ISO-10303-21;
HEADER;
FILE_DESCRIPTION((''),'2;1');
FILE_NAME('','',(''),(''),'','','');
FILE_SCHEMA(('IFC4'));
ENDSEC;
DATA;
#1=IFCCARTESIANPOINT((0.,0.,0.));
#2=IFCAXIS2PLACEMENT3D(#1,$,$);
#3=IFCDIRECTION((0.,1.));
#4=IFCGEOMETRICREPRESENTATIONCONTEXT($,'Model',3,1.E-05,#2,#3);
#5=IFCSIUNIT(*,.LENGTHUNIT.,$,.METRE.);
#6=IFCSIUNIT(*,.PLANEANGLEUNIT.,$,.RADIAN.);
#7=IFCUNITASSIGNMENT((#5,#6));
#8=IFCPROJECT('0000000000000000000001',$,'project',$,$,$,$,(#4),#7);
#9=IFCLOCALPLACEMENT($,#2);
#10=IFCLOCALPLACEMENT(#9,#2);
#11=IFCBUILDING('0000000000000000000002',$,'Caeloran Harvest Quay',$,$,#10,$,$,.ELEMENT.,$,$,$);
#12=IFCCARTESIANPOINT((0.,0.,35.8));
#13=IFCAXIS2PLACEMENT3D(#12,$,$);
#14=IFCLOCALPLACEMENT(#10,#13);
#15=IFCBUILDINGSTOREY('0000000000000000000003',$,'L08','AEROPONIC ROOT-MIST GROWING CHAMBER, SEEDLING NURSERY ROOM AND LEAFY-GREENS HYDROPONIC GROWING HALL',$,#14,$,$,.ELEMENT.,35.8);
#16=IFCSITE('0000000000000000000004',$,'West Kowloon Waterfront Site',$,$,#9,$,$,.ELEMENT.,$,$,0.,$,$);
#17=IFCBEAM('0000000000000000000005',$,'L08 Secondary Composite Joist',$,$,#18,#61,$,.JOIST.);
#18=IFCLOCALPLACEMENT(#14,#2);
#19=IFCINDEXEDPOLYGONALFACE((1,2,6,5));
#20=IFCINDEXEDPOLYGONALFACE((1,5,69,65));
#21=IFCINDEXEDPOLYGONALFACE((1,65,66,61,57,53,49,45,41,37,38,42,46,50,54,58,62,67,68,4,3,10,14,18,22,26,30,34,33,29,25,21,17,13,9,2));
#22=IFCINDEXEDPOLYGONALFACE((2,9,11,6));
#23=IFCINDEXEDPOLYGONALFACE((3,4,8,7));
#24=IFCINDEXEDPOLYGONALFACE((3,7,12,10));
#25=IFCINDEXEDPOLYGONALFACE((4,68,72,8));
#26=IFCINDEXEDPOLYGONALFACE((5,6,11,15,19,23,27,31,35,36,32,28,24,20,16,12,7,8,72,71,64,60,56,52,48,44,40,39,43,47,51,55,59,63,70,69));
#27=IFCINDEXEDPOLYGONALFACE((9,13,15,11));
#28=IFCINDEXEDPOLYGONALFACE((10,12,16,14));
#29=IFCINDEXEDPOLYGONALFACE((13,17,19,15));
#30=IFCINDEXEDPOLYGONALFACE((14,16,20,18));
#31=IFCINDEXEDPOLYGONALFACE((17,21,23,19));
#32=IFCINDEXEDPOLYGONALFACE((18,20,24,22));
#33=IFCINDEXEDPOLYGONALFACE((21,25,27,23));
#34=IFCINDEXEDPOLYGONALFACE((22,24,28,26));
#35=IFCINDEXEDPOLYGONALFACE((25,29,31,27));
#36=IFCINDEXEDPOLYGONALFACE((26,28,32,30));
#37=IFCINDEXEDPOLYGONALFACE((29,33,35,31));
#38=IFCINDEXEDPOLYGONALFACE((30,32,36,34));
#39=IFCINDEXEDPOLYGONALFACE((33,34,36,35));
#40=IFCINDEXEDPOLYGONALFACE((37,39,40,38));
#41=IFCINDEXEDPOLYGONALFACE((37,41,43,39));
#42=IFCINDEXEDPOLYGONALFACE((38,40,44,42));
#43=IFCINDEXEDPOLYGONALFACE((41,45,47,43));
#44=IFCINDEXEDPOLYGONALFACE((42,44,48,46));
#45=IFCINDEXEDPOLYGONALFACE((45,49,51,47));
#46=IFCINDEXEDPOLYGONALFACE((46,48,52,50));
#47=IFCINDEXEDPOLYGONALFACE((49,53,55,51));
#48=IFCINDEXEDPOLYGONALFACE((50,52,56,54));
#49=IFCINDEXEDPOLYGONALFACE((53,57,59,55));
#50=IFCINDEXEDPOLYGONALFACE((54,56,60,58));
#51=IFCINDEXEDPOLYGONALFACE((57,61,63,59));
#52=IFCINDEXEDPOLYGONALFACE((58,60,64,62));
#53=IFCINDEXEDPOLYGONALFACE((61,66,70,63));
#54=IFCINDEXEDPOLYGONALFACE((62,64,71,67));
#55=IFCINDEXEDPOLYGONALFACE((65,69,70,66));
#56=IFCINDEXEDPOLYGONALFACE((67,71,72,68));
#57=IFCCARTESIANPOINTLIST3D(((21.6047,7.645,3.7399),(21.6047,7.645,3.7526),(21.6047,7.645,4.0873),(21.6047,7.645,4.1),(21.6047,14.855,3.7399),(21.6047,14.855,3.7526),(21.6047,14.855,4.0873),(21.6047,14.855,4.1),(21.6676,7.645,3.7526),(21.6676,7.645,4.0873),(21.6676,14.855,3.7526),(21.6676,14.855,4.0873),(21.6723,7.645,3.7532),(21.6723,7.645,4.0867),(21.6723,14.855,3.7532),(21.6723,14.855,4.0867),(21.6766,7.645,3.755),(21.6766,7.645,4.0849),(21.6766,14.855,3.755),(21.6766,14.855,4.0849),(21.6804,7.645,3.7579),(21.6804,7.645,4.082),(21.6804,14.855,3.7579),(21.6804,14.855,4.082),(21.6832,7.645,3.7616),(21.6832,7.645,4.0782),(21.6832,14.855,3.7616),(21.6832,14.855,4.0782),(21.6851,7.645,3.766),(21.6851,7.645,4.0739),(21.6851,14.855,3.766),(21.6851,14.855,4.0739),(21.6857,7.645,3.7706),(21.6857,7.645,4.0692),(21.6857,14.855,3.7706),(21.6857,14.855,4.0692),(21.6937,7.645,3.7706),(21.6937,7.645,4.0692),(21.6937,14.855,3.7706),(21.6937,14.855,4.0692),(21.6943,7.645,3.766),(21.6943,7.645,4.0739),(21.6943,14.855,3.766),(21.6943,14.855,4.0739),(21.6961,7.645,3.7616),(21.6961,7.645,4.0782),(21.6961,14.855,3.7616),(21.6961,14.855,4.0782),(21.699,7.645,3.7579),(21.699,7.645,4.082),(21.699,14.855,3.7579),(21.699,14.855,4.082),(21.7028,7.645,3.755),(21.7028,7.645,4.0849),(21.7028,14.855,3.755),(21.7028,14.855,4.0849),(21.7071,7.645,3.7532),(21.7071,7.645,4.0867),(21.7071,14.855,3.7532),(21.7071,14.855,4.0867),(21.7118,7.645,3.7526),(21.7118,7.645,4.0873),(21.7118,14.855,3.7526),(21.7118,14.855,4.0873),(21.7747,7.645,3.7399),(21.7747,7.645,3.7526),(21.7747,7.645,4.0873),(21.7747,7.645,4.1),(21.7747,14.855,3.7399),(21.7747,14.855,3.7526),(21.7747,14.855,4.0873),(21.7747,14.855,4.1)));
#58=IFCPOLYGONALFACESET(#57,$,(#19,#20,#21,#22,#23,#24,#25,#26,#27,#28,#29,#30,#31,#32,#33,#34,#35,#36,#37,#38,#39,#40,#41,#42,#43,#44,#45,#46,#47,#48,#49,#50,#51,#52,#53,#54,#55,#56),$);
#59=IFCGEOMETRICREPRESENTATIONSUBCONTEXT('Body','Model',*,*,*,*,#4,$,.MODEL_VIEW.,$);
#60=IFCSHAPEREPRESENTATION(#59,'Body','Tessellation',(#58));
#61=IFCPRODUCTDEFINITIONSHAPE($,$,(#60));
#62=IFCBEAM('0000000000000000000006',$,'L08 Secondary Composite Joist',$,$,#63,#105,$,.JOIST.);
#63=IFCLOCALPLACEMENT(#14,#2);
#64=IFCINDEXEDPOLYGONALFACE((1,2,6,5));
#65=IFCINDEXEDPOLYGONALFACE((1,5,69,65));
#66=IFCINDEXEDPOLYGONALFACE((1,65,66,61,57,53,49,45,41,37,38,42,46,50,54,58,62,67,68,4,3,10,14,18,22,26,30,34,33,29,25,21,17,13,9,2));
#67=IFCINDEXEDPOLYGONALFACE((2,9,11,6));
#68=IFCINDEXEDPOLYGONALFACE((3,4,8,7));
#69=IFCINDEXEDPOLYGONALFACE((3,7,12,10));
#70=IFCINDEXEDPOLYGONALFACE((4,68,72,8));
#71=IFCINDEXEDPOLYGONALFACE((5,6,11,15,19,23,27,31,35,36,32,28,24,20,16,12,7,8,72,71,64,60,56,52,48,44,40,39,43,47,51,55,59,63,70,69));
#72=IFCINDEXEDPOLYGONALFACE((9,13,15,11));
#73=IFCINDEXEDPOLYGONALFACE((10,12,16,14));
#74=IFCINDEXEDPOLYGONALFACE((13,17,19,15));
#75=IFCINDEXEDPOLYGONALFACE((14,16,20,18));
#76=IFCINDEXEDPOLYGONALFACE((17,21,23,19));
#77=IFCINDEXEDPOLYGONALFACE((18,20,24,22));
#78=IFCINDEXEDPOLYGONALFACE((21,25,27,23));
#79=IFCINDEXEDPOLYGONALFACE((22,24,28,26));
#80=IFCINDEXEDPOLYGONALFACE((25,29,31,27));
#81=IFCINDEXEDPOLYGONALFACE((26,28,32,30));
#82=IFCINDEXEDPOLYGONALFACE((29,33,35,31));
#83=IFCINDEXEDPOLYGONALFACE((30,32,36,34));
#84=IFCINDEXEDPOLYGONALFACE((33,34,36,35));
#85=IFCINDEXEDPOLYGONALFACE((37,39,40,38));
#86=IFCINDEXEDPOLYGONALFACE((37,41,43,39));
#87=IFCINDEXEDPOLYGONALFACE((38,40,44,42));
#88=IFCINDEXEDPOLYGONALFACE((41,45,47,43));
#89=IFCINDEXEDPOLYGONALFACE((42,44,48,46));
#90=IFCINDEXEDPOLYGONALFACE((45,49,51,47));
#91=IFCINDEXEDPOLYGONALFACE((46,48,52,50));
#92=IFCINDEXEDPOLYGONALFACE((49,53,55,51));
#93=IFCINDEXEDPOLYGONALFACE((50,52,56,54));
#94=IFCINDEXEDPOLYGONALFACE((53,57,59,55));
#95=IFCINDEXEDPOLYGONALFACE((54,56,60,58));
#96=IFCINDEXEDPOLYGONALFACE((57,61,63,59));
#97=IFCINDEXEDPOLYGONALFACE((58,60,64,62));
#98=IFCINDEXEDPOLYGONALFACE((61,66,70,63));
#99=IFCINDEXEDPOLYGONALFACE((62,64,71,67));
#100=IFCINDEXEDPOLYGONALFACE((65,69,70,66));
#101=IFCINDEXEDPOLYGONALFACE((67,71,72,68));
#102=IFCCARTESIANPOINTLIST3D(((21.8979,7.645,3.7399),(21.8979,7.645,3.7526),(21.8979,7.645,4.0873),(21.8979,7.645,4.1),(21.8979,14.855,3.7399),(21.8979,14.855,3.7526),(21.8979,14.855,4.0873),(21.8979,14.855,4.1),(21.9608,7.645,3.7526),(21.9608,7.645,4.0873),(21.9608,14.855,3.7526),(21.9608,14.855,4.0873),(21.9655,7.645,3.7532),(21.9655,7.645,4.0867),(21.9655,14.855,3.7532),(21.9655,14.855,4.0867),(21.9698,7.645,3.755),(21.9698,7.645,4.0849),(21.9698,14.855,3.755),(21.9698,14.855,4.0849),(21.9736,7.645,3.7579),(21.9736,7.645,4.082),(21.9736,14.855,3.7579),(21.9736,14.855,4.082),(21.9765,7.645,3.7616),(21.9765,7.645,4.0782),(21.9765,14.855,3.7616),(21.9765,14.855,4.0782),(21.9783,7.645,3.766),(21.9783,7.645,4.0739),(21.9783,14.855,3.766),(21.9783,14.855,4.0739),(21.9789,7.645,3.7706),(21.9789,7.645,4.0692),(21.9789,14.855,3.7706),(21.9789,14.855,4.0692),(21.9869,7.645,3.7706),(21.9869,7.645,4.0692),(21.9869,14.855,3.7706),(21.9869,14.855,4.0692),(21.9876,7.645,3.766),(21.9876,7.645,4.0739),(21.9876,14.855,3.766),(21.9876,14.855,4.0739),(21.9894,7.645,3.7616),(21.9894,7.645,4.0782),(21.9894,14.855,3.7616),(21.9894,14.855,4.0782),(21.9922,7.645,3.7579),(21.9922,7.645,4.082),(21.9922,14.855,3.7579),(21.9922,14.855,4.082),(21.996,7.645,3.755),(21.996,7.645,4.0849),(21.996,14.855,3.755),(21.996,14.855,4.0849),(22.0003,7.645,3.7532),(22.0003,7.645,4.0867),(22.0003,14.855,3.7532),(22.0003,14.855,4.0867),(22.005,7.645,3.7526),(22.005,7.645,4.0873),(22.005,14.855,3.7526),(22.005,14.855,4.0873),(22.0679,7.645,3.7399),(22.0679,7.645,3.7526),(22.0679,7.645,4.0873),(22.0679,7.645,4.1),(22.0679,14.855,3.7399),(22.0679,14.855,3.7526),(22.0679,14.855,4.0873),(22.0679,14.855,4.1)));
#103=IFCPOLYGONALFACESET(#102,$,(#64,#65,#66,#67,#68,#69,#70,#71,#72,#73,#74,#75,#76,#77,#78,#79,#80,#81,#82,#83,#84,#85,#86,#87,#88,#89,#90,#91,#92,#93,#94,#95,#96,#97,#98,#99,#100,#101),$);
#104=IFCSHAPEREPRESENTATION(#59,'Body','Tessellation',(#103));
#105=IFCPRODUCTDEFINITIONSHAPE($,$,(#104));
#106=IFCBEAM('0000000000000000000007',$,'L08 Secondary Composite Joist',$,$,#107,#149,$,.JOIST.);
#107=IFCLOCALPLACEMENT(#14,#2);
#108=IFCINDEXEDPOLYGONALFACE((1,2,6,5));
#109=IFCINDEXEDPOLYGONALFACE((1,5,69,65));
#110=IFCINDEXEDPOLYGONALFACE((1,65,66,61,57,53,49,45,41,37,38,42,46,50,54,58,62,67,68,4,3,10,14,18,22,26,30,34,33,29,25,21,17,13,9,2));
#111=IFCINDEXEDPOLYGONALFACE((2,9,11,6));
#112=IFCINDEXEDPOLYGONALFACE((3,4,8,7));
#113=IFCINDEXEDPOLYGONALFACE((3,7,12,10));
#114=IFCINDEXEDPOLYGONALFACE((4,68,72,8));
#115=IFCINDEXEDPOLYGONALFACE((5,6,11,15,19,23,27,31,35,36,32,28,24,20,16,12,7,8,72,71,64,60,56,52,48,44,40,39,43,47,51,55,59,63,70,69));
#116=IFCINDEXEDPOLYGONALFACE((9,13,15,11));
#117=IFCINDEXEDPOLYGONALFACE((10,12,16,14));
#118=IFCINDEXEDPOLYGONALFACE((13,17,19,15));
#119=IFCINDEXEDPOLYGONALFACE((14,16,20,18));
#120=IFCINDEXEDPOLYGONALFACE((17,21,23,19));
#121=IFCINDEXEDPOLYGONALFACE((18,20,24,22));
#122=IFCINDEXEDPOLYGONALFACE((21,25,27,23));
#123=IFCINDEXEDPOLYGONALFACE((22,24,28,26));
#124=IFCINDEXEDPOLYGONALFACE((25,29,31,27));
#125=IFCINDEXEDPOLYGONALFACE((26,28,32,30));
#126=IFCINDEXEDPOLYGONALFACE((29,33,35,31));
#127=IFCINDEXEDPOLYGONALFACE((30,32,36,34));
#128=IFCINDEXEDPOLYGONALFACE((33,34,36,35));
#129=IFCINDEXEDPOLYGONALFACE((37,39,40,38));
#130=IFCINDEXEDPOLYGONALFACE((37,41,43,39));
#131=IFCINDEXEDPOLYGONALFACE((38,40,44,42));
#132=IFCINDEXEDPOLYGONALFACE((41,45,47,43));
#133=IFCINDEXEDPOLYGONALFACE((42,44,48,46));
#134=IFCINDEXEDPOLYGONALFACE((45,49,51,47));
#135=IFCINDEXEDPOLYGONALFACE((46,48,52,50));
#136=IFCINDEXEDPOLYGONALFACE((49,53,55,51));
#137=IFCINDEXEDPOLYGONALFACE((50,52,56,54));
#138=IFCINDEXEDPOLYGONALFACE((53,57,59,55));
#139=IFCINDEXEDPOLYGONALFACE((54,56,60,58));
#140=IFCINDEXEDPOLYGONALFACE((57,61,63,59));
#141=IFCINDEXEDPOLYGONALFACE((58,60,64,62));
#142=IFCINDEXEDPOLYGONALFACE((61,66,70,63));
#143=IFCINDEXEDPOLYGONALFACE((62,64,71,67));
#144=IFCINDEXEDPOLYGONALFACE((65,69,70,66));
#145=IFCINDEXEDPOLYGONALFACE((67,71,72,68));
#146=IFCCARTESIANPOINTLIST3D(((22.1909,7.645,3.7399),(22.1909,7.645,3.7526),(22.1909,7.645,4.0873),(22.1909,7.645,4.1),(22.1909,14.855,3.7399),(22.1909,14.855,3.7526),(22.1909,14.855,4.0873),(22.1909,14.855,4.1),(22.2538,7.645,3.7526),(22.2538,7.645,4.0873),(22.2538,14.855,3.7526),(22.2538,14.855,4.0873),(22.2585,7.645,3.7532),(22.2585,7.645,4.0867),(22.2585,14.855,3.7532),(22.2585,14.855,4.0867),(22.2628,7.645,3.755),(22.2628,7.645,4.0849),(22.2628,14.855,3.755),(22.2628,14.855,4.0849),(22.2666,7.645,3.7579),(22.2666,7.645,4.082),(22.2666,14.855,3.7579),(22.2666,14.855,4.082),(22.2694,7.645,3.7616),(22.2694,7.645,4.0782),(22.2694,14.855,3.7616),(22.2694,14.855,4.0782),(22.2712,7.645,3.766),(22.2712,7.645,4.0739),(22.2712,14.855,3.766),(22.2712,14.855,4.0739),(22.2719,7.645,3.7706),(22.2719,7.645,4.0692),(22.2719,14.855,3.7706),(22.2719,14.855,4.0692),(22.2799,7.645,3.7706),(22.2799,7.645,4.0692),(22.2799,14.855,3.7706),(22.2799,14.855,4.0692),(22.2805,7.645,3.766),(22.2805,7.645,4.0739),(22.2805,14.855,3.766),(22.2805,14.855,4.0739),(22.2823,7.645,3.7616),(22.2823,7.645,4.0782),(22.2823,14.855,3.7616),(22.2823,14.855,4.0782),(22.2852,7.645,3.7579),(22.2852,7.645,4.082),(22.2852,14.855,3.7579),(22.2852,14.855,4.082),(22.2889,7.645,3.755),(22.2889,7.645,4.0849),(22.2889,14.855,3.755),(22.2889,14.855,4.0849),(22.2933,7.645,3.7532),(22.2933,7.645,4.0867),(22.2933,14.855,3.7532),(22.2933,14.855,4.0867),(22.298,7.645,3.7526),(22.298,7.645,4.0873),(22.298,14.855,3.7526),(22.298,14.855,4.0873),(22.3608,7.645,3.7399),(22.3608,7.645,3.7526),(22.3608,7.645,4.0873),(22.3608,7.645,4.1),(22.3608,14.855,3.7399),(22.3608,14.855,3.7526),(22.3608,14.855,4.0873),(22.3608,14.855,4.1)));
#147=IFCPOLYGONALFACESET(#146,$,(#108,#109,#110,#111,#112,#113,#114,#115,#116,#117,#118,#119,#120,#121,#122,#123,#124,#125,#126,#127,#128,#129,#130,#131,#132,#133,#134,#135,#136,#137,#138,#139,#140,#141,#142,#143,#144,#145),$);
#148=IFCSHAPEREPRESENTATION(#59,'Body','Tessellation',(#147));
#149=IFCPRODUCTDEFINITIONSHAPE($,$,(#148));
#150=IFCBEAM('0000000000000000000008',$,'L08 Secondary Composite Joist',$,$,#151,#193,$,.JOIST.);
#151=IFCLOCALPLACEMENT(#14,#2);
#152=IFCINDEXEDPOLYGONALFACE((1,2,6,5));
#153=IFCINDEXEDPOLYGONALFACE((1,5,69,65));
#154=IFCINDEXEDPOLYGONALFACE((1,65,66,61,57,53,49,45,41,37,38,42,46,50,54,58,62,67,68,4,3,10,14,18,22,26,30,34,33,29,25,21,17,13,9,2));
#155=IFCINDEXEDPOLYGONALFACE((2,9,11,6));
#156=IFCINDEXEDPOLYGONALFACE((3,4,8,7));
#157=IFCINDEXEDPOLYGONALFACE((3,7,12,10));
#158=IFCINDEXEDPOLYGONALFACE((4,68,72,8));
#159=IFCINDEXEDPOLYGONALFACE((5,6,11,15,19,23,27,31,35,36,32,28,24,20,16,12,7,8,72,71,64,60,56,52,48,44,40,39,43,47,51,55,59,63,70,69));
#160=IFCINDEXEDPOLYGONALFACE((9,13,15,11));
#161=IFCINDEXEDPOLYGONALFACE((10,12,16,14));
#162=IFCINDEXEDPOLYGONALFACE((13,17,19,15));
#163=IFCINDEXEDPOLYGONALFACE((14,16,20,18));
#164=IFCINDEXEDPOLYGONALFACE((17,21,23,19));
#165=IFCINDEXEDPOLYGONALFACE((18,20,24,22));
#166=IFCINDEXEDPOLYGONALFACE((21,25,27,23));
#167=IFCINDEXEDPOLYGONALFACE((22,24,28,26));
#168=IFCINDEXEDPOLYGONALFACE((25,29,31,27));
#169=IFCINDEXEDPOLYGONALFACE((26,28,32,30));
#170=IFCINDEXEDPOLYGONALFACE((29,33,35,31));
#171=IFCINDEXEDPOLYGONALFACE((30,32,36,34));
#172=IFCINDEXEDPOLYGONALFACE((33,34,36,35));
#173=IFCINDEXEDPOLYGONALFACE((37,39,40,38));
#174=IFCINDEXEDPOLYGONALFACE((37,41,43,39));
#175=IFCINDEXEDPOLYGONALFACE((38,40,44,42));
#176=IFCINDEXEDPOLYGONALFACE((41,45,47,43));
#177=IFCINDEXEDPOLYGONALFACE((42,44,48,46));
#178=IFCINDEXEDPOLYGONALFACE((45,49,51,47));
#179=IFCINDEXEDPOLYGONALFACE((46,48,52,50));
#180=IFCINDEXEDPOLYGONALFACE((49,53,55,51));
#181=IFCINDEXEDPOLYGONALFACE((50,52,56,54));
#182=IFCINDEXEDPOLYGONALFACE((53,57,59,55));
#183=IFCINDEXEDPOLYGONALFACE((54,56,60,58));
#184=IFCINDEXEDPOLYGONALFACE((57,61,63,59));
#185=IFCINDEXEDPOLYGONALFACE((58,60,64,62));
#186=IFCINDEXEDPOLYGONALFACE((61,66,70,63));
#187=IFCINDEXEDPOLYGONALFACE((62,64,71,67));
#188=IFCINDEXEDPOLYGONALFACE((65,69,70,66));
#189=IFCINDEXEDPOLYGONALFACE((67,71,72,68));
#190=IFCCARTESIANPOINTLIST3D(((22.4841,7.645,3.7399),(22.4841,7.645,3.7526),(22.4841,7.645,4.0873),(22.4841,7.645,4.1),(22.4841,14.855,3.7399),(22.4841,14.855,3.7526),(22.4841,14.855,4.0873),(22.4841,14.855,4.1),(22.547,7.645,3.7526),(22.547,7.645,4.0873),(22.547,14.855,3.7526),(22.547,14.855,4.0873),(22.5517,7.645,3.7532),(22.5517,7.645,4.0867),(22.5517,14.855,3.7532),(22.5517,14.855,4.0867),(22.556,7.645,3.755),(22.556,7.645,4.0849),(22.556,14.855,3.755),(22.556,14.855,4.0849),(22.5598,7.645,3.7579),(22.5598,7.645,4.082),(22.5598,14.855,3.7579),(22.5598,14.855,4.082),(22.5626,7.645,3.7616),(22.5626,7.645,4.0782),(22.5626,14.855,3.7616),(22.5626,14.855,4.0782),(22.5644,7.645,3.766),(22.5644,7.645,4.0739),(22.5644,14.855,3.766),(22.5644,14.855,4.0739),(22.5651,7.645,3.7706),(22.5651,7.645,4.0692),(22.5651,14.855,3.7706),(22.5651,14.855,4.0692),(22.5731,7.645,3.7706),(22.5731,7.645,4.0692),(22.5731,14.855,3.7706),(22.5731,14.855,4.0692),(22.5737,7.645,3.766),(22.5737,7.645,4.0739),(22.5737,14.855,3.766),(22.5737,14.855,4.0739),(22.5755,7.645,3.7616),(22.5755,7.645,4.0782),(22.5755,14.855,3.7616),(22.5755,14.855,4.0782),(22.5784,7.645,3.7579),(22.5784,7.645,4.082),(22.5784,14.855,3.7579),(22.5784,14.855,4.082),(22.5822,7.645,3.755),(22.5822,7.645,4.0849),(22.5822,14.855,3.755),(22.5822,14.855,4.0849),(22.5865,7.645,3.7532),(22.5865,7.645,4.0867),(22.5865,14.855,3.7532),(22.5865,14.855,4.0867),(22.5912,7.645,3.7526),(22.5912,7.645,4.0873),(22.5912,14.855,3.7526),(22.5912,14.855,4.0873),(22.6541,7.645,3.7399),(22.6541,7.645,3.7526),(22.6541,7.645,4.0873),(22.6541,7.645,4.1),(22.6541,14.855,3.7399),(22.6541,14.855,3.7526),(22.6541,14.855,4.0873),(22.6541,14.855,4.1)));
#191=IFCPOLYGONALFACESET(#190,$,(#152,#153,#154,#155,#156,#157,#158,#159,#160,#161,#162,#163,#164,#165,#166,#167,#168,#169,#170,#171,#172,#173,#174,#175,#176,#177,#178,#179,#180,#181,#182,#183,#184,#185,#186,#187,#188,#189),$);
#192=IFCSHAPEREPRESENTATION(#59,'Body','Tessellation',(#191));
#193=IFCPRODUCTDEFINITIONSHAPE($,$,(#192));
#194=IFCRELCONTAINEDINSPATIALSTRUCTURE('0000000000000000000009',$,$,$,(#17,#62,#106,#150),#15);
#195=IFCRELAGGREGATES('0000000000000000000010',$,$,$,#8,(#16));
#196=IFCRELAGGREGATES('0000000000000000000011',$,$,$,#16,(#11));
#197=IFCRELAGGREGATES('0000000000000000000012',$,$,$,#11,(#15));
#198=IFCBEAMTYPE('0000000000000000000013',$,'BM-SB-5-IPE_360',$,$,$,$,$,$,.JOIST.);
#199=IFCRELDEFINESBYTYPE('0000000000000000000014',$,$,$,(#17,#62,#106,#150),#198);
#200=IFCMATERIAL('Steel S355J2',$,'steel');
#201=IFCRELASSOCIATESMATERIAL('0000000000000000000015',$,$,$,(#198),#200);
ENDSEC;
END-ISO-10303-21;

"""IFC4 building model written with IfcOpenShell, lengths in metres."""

from ifc_helpers import new_model, si_unit, direction, frame, origin, origin_2d, place, context, subcontext, project, spatial, i_section, extrude, material, material_profile, profile_set, type_object, element, save


model = new_model("IFC4")

# Units and contexts
model_context = context("Model", 3, precision=1e-05, world=origin(), true_north=direction((0.0, 1.0)))
body_context = subcontext(model_context, "Body", "Model", "MODEL_VIEW")
ifc_project = project(units=[si_unit("LENGTHUNIT", "METRE"), si_unit("PLANEANGLEUNIT", "RADIAN")], contexts=[model_context])

# Site, building, storey
site_placement = place(None, origin())
site = spatial("IfcSite", under=ifc_project, at=site_placement, Name="West Kowloon Waterfront Site", CompositionType="ELEMENT", RefElevation=0.0)
building_placement = place(site_placement, origin())
building = spatial("IfcBuilding", under=site, at=building_placement, Name="Caeloran Harvest Quay", CompositionType="ELEMENT")
storey_placement = place(building_placement, frame((0.0, 0.0, 35.8)))
storey = spatial("IfcBuildingStorey", under=building, at=storey_placement, Name="L08", Description="AEROPONIC ROOT-MIST GROWING CHAMBER, SEEDLING NURSERY ROOM AND LEAFY-GREENS HYDROPONIC GROWING HALL", CompositionType="ELEMENT", Elevation=35.8)

# Beams
ifc_material_1 = material(Name="Steel S355J2", Category="steel")
ifc_material_profile_1 = material_profile(ifc_material_1, i_section(OverallWidth=0.1699, OverallDepth=0.3601, WebThickness=0.0081, FlangeThickness=0.0127, FilletRadius=0.0181, at=origin_2d()), Name="IPE 360")
ifc_profile_set_1 = profile_set([ifc_material_profile_1], Name="Steel S355J2")
beam_type_1 = type_object("IfcBeamType", Name="BM-SB-5-IPE_360", PredefinedType="JOIST", material=ifc_profile_set_1)
for number, where, z_axis, x_axis, name in (
    (1, (21.6897, 7.645, 3.9199), (0.0, 1.0, 0.0), (-1.0, 0.0, 0.0), "L08 Secondary Composite Joist"),
    (2, (21.9829, 7.645, 3.9199), (0.0, 1.0, 0.0), (-1.0, 0.0, 0.0), "L08 Secondary Composite Joist"),
    (3, (22.2759, 7.645, 3.9199), (0.0, 1.0, 0.0), (-1.0, 0.0, 0.0), "L08 Secondary Composite Joist"),
    (4, (22.5691, 7.645, 3.9199), (0.0, 1.0, 0.0), (-1.0, 0.0, 0.0), "L08 Secondary Composite Joist"),
):
    element("IfcBeam", number, at=place(storey_placement, frame(where, z_axis=z_axis, x_axis=x_axis)), inside=storey, type_object=beam_type_1, Name=name, PredefinedType="JOIST", context=body_context, shape_type="SweptSolid", body=[
        extrude(i_section(OverallWidth=0.1699, OverallDepth=0.3601, WebThickness=0.0081, FlangeThickness=0.0127, FilletRadius=0.0181, at=origin_2d()), origin(), (0.0, 0.0, 1.0), 7.21),
    ])

save(model, "model.ifc")
